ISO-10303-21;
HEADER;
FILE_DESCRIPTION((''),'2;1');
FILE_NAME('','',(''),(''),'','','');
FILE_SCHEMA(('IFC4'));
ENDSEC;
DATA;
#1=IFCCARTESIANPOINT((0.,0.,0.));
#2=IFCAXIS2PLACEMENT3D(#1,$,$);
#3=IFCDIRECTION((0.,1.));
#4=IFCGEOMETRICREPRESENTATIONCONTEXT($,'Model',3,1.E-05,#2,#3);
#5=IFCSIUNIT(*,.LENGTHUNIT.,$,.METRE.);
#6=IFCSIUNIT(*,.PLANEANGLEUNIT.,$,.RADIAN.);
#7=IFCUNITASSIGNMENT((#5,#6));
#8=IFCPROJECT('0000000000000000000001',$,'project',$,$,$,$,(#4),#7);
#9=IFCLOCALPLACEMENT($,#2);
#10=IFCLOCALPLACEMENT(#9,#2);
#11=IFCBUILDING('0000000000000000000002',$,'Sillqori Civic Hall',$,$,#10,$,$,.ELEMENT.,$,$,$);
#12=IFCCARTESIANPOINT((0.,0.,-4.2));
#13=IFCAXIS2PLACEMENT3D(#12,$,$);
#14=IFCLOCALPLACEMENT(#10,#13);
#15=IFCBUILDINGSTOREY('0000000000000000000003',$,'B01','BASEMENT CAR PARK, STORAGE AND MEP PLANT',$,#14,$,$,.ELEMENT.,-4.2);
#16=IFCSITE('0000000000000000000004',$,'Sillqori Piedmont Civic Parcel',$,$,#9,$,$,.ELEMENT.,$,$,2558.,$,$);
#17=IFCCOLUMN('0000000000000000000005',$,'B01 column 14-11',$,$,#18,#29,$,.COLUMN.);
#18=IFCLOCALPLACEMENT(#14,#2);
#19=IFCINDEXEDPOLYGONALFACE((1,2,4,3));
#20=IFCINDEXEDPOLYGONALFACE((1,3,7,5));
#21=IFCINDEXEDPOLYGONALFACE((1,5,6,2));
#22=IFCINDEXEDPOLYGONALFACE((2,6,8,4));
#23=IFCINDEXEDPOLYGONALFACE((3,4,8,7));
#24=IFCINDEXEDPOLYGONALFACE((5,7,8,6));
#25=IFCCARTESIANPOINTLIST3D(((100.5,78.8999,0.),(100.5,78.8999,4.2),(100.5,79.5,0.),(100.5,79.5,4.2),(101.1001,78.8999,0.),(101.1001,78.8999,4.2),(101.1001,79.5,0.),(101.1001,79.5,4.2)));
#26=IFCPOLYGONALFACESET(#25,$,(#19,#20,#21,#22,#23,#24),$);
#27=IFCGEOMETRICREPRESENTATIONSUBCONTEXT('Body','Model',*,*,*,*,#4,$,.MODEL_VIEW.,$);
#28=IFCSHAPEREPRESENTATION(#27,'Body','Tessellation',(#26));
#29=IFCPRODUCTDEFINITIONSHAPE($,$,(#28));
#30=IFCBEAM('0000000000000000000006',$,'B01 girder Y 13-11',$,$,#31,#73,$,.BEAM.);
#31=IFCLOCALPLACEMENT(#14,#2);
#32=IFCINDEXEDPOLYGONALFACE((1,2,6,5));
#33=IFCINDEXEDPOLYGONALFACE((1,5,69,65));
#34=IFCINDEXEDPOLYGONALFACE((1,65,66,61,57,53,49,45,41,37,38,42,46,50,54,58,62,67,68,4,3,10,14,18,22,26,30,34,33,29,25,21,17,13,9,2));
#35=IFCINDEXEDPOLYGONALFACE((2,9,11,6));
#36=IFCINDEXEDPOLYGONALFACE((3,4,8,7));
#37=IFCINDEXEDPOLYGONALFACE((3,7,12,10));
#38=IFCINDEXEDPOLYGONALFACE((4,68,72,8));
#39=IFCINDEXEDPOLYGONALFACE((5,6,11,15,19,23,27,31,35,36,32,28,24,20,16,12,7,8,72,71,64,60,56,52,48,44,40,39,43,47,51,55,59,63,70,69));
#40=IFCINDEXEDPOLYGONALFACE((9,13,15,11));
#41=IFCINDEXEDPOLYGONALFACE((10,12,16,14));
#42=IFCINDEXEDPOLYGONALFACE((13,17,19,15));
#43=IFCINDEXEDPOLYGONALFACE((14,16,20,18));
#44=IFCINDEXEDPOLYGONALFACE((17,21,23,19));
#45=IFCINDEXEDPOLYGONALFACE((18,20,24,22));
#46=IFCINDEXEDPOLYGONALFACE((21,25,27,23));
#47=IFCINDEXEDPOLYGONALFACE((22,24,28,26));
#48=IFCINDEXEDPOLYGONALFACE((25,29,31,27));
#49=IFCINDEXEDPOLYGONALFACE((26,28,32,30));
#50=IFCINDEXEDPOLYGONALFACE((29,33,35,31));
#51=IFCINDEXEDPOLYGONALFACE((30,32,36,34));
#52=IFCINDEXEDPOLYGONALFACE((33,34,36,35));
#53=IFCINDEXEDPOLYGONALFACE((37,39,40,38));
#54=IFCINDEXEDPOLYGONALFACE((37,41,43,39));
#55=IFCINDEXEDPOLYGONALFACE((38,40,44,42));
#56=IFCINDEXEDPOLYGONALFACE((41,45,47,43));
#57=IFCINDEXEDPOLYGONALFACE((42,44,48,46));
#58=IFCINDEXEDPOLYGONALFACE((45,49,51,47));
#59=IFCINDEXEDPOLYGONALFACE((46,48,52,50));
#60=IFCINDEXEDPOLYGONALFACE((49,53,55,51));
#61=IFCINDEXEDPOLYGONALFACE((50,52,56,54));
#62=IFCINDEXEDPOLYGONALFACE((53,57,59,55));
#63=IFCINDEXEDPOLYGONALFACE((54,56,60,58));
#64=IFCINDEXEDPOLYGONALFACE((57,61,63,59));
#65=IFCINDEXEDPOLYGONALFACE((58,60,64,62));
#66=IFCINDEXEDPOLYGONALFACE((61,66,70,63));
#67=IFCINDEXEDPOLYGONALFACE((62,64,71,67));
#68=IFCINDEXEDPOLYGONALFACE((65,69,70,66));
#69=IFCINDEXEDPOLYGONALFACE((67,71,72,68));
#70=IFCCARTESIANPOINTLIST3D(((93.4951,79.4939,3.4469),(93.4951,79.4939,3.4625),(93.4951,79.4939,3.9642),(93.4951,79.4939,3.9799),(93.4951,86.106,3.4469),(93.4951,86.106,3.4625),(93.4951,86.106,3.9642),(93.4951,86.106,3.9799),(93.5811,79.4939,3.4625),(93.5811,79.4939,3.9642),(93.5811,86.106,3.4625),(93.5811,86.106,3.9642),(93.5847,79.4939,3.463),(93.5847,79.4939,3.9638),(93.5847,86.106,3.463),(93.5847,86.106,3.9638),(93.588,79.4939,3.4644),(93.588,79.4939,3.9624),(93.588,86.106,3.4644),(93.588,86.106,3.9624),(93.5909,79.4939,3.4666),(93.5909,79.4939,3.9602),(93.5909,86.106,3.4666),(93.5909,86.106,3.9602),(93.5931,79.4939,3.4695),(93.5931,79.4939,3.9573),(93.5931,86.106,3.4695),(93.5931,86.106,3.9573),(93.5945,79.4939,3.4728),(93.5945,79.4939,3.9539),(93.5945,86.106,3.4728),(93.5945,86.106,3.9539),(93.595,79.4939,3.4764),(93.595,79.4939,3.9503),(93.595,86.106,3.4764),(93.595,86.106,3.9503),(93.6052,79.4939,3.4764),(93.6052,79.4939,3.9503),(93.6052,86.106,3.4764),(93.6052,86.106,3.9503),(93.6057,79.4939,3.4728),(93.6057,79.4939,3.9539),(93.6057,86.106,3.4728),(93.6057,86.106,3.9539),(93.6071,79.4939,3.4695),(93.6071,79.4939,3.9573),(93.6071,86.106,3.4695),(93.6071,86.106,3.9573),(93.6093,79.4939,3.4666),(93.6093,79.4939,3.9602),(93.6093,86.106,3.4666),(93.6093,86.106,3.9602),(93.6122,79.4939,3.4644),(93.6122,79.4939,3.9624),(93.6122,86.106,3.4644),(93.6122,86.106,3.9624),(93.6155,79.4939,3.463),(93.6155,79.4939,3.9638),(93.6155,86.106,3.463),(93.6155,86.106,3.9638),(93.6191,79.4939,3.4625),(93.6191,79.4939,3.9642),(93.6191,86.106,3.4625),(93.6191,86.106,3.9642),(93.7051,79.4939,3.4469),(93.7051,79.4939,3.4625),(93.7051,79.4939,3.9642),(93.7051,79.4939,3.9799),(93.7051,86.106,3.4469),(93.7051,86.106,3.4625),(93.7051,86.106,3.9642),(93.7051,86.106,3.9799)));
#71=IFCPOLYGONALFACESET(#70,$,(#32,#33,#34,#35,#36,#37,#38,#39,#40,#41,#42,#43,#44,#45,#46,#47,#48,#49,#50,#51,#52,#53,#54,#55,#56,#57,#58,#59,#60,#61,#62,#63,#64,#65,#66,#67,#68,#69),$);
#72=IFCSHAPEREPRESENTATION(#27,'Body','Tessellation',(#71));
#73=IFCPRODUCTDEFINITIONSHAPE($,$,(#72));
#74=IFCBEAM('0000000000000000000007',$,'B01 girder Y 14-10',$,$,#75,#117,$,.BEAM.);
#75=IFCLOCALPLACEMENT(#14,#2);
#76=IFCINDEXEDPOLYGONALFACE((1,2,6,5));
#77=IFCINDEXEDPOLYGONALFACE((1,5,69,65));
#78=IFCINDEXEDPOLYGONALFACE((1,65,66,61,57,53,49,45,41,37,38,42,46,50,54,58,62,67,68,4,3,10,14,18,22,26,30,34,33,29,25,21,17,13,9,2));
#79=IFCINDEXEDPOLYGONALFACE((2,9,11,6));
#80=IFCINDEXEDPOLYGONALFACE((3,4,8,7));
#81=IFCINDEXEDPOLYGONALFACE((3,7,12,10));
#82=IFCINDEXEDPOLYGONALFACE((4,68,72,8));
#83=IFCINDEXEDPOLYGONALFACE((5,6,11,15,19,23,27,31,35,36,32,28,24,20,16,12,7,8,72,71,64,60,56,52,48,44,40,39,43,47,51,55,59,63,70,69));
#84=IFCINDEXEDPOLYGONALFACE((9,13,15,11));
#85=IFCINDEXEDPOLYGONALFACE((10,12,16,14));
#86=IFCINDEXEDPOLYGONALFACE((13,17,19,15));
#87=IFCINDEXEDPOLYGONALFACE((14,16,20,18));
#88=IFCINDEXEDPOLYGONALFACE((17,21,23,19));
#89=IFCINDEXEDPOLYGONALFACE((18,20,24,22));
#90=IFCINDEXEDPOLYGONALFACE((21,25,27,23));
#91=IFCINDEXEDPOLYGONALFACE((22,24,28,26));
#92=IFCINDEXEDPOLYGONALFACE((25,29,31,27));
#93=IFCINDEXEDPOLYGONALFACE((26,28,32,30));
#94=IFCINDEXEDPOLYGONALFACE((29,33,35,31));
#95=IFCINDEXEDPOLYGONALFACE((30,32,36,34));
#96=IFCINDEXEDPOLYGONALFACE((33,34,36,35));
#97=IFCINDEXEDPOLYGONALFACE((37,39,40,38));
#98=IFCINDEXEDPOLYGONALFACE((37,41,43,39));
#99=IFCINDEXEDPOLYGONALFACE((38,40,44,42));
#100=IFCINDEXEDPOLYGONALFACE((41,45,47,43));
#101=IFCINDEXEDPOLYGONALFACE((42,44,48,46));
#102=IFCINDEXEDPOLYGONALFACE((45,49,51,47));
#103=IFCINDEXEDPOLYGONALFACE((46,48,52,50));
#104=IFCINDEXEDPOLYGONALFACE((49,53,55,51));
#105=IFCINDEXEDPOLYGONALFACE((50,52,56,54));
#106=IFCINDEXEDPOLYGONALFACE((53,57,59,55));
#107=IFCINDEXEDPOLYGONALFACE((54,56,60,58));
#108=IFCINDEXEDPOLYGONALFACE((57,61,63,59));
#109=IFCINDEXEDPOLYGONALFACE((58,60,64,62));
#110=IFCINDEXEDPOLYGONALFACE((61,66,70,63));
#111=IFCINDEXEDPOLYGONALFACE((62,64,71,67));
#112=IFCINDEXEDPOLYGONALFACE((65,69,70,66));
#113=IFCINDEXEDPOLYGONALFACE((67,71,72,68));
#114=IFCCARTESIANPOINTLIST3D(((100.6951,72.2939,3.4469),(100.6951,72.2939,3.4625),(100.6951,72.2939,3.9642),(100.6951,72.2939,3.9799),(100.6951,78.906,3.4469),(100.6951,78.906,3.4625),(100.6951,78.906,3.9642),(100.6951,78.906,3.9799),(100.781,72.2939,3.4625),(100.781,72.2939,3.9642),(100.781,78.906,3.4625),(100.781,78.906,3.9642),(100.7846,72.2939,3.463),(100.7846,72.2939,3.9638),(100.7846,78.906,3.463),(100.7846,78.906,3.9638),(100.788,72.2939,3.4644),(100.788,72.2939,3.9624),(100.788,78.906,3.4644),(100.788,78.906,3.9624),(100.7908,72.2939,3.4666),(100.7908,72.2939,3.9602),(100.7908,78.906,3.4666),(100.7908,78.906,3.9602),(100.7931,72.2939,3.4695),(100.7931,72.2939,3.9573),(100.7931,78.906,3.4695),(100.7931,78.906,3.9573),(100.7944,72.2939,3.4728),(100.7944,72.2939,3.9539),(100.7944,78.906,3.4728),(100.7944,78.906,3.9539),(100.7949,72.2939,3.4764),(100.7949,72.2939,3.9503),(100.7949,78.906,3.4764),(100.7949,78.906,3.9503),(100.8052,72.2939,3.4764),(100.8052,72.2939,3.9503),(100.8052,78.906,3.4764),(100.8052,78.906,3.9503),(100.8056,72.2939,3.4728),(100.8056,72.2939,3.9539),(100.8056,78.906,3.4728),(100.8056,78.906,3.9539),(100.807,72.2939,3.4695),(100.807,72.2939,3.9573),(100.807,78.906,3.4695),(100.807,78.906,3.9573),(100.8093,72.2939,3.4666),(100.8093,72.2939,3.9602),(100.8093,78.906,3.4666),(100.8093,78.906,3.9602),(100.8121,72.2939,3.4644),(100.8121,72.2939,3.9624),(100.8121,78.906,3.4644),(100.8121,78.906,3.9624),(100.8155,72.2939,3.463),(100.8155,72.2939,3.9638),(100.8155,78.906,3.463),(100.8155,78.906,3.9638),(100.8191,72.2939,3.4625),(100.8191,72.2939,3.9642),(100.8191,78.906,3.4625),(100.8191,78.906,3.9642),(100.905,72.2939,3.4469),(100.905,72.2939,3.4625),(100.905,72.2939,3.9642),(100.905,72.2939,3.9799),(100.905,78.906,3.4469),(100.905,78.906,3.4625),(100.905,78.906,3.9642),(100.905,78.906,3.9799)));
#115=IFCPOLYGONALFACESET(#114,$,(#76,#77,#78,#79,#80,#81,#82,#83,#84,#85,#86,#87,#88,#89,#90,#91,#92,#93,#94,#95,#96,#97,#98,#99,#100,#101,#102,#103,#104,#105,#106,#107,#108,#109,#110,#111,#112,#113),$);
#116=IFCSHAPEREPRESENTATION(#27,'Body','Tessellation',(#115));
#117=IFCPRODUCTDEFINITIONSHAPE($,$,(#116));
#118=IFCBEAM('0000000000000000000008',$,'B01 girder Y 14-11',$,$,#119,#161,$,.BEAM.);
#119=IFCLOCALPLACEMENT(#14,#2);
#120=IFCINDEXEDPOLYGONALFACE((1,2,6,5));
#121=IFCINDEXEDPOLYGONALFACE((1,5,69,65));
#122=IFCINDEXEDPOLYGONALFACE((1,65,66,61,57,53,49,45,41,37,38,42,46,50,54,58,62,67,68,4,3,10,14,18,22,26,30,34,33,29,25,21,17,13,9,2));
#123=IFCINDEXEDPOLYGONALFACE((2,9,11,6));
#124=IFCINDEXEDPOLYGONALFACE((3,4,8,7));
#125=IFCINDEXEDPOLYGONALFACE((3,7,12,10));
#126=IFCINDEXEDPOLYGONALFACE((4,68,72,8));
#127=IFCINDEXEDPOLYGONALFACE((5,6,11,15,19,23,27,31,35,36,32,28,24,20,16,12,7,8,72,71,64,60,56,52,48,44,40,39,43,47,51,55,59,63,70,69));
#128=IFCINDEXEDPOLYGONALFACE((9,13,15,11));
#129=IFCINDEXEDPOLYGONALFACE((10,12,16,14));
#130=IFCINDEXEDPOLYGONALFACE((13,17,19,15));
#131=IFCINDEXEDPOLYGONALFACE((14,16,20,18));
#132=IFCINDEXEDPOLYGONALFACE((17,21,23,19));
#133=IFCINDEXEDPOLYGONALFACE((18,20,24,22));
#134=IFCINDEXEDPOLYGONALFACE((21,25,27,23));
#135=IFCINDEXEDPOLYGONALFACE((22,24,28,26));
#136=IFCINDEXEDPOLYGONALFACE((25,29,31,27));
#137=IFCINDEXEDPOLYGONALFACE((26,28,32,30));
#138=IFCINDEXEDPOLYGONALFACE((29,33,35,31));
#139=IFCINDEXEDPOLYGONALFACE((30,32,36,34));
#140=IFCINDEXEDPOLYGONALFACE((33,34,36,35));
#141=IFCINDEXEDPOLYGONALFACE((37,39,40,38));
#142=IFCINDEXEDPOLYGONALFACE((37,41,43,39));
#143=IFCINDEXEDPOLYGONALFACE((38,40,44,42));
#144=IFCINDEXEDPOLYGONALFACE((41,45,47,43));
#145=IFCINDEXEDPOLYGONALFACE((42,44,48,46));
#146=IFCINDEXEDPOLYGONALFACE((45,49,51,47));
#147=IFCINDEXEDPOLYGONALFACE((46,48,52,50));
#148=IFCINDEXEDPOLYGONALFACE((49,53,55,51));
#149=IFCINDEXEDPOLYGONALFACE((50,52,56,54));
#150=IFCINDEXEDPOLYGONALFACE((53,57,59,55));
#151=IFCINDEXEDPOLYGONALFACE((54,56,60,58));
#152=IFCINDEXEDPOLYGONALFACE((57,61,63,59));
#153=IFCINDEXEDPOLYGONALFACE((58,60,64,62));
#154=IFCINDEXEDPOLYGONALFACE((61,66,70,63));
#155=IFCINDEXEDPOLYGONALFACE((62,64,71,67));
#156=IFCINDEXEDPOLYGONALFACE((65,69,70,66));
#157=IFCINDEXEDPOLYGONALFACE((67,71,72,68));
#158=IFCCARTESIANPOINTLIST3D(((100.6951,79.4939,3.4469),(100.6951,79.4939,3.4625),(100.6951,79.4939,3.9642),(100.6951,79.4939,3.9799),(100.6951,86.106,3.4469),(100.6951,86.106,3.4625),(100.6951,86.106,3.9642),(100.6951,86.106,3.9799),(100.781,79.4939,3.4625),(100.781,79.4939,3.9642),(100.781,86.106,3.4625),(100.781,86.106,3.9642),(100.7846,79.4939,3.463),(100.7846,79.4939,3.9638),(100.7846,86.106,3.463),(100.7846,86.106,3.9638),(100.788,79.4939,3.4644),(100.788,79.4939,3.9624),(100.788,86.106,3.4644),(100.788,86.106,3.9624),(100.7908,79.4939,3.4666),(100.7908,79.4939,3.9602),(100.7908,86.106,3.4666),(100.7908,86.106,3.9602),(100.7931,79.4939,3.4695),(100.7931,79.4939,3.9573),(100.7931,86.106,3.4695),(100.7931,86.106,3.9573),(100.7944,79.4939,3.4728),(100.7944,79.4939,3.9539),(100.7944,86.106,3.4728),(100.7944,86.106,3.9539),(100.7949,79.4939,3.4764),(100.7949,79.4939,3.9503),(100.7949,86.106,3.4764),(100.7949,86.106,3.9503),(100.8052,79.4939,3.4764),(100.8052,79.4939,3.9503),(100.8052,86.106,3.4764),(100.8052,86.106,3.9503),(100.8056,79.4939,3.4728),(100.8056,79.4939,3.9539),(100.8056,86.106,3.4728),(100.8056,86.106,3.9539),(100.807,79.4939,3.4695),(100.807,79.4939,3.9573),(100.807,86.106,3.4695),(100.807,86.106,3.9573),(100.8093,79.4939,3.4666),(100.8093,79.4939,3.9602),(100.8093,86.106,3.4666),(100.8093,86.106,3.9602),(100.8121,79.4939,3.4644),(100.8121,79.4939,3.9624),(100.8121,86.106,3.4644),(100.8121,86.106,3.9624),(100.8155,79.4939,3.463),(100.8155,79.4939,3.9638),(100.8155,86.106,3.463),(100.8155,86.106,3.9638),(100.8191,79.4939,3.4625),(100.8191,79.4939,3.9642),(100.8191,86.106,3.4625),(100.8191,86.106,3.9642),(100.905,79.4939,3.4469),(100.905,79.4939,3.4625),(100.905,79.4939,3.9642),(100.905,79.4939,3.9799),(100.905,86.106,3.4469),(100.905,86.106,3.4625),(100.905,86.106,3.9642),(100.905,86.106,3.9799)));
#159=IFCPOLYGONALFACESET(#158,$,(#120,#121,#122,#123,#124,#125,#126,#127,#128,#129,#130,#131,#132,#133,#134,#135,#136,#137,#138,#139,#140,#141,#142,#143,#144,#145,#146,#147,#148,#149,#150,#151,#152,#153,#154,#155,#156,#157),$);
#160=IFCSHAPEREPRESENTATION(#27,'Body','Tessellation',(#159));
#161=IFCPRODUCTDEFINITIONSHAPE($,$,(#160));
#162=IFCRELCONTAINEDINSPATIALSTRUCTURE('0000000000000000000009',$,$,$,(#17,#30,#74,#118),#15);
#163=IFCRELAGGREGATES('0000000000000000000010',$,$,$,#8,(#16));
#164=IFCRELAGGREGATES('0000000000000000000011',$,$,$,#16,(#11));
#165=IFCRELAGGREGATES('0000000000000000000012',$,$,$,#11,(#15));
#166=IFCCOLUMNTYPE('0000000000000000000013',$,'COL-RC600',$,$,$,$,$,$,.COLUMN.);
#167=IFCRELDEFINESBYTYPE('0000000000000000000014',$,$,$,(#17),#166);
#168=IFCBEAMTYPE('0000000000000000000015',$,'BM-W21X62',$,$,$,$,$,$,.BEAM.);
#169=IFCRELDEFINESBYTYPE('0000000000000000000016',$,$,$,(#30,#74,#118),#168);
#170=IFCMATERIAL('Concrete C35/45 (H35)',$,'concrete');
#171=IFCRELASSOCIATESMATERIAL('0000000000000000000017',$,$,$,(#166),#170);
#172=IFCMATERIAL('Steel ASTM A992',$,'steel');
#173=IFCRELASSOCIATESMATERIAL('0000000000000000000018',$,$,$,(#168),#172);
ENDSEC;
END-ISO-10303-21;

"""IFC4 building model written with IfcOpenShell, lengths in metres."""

from ifc_helpers import new_model, si_unit, direction, frame, origin, origin_2d, place, context, subcontext, project, spatial, rectangle, i_section, extrude, material, material_profile, profile_set, type_object, element, save


model = new_model("IFC4")

# Units and contexts
model_context = context("Model", 3, precision=1e-05, world=origin(), true_north=direction((0.0, 1.0)))
body_context = subcontext(model_context, "Body", "Model", "MODEL_VIEW")
ifc_project = project(units=[si_unit("LENGTHUNIT", "METRE"), si_unit("PLANEANGLEUNIT", "RADIAN")], contexts=[model_context])

# Site, building, storey
site_placement = place(None, origin())
site = spatial("IfcSite", under=ifc_project, at=site_placement, Name="Sillqori Piedmont Civic Parcel", CompositionType="ELEMENT", RefElevation=2558.0)
building_placement = place(site_placement, origin())
building = spatial("IfcBuilding", under=site, at=building_placement, Name="Sillqori Civic Hall", CompositionType="ELEMENT")
storey_placement = place(building_placement, frame((0.0, 0.0, -4.2)))
storey = spatial("IfcBuildingStorey", under=building, at=storey_placement, Name="B01", Description="BASEMENT CAR PARK, STORAGE AND MEP PLANT", CompositionType="ELEMENT", Elevation=-4.2)

# Shared definitions
ifc_material_1 = material(Name="Concrete C35/45 (H35)", Category="concrete")

# Column
ifc_material_profile_1 = material_profile(ifc_material_1, rectangle(XDim=0.6001, YDim=0.6001, at=origin_2d()), Name="RC 600x600")
ifc_profile_set_1 = profile_set([ifc_material_profile_1], Name="Concrete C35/45 (H35)")
column_type = type_object("IfcColumnType", Name="COL-RC600", PredefinedType="COLUMN", material=ifc_profile_set_1)
for number, where, z_axis, x_axis, name in (
    (1, (100.8, 79.2, 0.0), (0.0, 0.0, 1.0), (1.0, 0.0, 0.0), "B01 column 14-11"),
):
    element("IfcColumn", number, at=place(storey_placement, frame(where, z_axis=z_axis, x_axis=x_axis)), inside=storey, type_object=column_type, Name=name, PredefinedType="COLUMN", context=body_context, shape_type="SweptSolid", body=[
        extrude(rectangle(XDim=0.6001, YDim=0.6001, at=origin_2d()), origin(), (0.0, 0.0, 1.0), 4.2),
    ])

# Beams
ifc_material_2 = material(Name="Steel ASTM A992", Category="steel")
ifc_material_profile_2 = material_profile(ifc_material_2, i_section(OverallWidth=0.21, OverallDepth=0.533, WebThickness=0.0103, FlangeThickness=0.0156, FilletRadius=0.0139, at=origin_2d()), Name="W21X62")
ifc_profile_set_2 = profile_set([ifc_material_profile_2], Name="Steel ASTM A992")
beam_type_1 = type_object("IfcBeamType", Name="BM-W21X62", PredefinedType="BEAM", material=ifc_profile_set_2)
for number, where, z_axis, x_axis, name in (
    (2, (93.6001, 79.4939, 3.7134), (0.0, 1.0, 0.0), (-1.0, 0.0, 0.0), "B01 girder Y 13-11"),
    (3, (100.8, 72.2939, 3.7134), (0.0, 1.0, 0.0), (-1.0, 0.0, 0.0), "B01 girder Y 14-10"),
    (4, (100.8, 79.4939, 3.7134), (0.0, 1.0, 0.0), (-1.0, 0.0, 0.0), "B01 girder Y 14-11"),
):
    element("IfcBeam", number, at=place(storey_placement, frame(where, z_axis=z_axis, x_axis=x_axis)), inside=storey, type_object=beam_type_1, Name=name, PredefinedType="BEAM", context=body_context, shape_type="SweptSolid", body=[
        extrude(i_section(OverallWidth=0.21, OverallDepth=0.533, WebThickness=0.0103, FlangeThickness=0.0156, FilletRadius=0.0139, at=origin_2d()), origin(), (0.0, 0.0, 1.0), 6.6121),
    ])

save(model, "model.ifc")
